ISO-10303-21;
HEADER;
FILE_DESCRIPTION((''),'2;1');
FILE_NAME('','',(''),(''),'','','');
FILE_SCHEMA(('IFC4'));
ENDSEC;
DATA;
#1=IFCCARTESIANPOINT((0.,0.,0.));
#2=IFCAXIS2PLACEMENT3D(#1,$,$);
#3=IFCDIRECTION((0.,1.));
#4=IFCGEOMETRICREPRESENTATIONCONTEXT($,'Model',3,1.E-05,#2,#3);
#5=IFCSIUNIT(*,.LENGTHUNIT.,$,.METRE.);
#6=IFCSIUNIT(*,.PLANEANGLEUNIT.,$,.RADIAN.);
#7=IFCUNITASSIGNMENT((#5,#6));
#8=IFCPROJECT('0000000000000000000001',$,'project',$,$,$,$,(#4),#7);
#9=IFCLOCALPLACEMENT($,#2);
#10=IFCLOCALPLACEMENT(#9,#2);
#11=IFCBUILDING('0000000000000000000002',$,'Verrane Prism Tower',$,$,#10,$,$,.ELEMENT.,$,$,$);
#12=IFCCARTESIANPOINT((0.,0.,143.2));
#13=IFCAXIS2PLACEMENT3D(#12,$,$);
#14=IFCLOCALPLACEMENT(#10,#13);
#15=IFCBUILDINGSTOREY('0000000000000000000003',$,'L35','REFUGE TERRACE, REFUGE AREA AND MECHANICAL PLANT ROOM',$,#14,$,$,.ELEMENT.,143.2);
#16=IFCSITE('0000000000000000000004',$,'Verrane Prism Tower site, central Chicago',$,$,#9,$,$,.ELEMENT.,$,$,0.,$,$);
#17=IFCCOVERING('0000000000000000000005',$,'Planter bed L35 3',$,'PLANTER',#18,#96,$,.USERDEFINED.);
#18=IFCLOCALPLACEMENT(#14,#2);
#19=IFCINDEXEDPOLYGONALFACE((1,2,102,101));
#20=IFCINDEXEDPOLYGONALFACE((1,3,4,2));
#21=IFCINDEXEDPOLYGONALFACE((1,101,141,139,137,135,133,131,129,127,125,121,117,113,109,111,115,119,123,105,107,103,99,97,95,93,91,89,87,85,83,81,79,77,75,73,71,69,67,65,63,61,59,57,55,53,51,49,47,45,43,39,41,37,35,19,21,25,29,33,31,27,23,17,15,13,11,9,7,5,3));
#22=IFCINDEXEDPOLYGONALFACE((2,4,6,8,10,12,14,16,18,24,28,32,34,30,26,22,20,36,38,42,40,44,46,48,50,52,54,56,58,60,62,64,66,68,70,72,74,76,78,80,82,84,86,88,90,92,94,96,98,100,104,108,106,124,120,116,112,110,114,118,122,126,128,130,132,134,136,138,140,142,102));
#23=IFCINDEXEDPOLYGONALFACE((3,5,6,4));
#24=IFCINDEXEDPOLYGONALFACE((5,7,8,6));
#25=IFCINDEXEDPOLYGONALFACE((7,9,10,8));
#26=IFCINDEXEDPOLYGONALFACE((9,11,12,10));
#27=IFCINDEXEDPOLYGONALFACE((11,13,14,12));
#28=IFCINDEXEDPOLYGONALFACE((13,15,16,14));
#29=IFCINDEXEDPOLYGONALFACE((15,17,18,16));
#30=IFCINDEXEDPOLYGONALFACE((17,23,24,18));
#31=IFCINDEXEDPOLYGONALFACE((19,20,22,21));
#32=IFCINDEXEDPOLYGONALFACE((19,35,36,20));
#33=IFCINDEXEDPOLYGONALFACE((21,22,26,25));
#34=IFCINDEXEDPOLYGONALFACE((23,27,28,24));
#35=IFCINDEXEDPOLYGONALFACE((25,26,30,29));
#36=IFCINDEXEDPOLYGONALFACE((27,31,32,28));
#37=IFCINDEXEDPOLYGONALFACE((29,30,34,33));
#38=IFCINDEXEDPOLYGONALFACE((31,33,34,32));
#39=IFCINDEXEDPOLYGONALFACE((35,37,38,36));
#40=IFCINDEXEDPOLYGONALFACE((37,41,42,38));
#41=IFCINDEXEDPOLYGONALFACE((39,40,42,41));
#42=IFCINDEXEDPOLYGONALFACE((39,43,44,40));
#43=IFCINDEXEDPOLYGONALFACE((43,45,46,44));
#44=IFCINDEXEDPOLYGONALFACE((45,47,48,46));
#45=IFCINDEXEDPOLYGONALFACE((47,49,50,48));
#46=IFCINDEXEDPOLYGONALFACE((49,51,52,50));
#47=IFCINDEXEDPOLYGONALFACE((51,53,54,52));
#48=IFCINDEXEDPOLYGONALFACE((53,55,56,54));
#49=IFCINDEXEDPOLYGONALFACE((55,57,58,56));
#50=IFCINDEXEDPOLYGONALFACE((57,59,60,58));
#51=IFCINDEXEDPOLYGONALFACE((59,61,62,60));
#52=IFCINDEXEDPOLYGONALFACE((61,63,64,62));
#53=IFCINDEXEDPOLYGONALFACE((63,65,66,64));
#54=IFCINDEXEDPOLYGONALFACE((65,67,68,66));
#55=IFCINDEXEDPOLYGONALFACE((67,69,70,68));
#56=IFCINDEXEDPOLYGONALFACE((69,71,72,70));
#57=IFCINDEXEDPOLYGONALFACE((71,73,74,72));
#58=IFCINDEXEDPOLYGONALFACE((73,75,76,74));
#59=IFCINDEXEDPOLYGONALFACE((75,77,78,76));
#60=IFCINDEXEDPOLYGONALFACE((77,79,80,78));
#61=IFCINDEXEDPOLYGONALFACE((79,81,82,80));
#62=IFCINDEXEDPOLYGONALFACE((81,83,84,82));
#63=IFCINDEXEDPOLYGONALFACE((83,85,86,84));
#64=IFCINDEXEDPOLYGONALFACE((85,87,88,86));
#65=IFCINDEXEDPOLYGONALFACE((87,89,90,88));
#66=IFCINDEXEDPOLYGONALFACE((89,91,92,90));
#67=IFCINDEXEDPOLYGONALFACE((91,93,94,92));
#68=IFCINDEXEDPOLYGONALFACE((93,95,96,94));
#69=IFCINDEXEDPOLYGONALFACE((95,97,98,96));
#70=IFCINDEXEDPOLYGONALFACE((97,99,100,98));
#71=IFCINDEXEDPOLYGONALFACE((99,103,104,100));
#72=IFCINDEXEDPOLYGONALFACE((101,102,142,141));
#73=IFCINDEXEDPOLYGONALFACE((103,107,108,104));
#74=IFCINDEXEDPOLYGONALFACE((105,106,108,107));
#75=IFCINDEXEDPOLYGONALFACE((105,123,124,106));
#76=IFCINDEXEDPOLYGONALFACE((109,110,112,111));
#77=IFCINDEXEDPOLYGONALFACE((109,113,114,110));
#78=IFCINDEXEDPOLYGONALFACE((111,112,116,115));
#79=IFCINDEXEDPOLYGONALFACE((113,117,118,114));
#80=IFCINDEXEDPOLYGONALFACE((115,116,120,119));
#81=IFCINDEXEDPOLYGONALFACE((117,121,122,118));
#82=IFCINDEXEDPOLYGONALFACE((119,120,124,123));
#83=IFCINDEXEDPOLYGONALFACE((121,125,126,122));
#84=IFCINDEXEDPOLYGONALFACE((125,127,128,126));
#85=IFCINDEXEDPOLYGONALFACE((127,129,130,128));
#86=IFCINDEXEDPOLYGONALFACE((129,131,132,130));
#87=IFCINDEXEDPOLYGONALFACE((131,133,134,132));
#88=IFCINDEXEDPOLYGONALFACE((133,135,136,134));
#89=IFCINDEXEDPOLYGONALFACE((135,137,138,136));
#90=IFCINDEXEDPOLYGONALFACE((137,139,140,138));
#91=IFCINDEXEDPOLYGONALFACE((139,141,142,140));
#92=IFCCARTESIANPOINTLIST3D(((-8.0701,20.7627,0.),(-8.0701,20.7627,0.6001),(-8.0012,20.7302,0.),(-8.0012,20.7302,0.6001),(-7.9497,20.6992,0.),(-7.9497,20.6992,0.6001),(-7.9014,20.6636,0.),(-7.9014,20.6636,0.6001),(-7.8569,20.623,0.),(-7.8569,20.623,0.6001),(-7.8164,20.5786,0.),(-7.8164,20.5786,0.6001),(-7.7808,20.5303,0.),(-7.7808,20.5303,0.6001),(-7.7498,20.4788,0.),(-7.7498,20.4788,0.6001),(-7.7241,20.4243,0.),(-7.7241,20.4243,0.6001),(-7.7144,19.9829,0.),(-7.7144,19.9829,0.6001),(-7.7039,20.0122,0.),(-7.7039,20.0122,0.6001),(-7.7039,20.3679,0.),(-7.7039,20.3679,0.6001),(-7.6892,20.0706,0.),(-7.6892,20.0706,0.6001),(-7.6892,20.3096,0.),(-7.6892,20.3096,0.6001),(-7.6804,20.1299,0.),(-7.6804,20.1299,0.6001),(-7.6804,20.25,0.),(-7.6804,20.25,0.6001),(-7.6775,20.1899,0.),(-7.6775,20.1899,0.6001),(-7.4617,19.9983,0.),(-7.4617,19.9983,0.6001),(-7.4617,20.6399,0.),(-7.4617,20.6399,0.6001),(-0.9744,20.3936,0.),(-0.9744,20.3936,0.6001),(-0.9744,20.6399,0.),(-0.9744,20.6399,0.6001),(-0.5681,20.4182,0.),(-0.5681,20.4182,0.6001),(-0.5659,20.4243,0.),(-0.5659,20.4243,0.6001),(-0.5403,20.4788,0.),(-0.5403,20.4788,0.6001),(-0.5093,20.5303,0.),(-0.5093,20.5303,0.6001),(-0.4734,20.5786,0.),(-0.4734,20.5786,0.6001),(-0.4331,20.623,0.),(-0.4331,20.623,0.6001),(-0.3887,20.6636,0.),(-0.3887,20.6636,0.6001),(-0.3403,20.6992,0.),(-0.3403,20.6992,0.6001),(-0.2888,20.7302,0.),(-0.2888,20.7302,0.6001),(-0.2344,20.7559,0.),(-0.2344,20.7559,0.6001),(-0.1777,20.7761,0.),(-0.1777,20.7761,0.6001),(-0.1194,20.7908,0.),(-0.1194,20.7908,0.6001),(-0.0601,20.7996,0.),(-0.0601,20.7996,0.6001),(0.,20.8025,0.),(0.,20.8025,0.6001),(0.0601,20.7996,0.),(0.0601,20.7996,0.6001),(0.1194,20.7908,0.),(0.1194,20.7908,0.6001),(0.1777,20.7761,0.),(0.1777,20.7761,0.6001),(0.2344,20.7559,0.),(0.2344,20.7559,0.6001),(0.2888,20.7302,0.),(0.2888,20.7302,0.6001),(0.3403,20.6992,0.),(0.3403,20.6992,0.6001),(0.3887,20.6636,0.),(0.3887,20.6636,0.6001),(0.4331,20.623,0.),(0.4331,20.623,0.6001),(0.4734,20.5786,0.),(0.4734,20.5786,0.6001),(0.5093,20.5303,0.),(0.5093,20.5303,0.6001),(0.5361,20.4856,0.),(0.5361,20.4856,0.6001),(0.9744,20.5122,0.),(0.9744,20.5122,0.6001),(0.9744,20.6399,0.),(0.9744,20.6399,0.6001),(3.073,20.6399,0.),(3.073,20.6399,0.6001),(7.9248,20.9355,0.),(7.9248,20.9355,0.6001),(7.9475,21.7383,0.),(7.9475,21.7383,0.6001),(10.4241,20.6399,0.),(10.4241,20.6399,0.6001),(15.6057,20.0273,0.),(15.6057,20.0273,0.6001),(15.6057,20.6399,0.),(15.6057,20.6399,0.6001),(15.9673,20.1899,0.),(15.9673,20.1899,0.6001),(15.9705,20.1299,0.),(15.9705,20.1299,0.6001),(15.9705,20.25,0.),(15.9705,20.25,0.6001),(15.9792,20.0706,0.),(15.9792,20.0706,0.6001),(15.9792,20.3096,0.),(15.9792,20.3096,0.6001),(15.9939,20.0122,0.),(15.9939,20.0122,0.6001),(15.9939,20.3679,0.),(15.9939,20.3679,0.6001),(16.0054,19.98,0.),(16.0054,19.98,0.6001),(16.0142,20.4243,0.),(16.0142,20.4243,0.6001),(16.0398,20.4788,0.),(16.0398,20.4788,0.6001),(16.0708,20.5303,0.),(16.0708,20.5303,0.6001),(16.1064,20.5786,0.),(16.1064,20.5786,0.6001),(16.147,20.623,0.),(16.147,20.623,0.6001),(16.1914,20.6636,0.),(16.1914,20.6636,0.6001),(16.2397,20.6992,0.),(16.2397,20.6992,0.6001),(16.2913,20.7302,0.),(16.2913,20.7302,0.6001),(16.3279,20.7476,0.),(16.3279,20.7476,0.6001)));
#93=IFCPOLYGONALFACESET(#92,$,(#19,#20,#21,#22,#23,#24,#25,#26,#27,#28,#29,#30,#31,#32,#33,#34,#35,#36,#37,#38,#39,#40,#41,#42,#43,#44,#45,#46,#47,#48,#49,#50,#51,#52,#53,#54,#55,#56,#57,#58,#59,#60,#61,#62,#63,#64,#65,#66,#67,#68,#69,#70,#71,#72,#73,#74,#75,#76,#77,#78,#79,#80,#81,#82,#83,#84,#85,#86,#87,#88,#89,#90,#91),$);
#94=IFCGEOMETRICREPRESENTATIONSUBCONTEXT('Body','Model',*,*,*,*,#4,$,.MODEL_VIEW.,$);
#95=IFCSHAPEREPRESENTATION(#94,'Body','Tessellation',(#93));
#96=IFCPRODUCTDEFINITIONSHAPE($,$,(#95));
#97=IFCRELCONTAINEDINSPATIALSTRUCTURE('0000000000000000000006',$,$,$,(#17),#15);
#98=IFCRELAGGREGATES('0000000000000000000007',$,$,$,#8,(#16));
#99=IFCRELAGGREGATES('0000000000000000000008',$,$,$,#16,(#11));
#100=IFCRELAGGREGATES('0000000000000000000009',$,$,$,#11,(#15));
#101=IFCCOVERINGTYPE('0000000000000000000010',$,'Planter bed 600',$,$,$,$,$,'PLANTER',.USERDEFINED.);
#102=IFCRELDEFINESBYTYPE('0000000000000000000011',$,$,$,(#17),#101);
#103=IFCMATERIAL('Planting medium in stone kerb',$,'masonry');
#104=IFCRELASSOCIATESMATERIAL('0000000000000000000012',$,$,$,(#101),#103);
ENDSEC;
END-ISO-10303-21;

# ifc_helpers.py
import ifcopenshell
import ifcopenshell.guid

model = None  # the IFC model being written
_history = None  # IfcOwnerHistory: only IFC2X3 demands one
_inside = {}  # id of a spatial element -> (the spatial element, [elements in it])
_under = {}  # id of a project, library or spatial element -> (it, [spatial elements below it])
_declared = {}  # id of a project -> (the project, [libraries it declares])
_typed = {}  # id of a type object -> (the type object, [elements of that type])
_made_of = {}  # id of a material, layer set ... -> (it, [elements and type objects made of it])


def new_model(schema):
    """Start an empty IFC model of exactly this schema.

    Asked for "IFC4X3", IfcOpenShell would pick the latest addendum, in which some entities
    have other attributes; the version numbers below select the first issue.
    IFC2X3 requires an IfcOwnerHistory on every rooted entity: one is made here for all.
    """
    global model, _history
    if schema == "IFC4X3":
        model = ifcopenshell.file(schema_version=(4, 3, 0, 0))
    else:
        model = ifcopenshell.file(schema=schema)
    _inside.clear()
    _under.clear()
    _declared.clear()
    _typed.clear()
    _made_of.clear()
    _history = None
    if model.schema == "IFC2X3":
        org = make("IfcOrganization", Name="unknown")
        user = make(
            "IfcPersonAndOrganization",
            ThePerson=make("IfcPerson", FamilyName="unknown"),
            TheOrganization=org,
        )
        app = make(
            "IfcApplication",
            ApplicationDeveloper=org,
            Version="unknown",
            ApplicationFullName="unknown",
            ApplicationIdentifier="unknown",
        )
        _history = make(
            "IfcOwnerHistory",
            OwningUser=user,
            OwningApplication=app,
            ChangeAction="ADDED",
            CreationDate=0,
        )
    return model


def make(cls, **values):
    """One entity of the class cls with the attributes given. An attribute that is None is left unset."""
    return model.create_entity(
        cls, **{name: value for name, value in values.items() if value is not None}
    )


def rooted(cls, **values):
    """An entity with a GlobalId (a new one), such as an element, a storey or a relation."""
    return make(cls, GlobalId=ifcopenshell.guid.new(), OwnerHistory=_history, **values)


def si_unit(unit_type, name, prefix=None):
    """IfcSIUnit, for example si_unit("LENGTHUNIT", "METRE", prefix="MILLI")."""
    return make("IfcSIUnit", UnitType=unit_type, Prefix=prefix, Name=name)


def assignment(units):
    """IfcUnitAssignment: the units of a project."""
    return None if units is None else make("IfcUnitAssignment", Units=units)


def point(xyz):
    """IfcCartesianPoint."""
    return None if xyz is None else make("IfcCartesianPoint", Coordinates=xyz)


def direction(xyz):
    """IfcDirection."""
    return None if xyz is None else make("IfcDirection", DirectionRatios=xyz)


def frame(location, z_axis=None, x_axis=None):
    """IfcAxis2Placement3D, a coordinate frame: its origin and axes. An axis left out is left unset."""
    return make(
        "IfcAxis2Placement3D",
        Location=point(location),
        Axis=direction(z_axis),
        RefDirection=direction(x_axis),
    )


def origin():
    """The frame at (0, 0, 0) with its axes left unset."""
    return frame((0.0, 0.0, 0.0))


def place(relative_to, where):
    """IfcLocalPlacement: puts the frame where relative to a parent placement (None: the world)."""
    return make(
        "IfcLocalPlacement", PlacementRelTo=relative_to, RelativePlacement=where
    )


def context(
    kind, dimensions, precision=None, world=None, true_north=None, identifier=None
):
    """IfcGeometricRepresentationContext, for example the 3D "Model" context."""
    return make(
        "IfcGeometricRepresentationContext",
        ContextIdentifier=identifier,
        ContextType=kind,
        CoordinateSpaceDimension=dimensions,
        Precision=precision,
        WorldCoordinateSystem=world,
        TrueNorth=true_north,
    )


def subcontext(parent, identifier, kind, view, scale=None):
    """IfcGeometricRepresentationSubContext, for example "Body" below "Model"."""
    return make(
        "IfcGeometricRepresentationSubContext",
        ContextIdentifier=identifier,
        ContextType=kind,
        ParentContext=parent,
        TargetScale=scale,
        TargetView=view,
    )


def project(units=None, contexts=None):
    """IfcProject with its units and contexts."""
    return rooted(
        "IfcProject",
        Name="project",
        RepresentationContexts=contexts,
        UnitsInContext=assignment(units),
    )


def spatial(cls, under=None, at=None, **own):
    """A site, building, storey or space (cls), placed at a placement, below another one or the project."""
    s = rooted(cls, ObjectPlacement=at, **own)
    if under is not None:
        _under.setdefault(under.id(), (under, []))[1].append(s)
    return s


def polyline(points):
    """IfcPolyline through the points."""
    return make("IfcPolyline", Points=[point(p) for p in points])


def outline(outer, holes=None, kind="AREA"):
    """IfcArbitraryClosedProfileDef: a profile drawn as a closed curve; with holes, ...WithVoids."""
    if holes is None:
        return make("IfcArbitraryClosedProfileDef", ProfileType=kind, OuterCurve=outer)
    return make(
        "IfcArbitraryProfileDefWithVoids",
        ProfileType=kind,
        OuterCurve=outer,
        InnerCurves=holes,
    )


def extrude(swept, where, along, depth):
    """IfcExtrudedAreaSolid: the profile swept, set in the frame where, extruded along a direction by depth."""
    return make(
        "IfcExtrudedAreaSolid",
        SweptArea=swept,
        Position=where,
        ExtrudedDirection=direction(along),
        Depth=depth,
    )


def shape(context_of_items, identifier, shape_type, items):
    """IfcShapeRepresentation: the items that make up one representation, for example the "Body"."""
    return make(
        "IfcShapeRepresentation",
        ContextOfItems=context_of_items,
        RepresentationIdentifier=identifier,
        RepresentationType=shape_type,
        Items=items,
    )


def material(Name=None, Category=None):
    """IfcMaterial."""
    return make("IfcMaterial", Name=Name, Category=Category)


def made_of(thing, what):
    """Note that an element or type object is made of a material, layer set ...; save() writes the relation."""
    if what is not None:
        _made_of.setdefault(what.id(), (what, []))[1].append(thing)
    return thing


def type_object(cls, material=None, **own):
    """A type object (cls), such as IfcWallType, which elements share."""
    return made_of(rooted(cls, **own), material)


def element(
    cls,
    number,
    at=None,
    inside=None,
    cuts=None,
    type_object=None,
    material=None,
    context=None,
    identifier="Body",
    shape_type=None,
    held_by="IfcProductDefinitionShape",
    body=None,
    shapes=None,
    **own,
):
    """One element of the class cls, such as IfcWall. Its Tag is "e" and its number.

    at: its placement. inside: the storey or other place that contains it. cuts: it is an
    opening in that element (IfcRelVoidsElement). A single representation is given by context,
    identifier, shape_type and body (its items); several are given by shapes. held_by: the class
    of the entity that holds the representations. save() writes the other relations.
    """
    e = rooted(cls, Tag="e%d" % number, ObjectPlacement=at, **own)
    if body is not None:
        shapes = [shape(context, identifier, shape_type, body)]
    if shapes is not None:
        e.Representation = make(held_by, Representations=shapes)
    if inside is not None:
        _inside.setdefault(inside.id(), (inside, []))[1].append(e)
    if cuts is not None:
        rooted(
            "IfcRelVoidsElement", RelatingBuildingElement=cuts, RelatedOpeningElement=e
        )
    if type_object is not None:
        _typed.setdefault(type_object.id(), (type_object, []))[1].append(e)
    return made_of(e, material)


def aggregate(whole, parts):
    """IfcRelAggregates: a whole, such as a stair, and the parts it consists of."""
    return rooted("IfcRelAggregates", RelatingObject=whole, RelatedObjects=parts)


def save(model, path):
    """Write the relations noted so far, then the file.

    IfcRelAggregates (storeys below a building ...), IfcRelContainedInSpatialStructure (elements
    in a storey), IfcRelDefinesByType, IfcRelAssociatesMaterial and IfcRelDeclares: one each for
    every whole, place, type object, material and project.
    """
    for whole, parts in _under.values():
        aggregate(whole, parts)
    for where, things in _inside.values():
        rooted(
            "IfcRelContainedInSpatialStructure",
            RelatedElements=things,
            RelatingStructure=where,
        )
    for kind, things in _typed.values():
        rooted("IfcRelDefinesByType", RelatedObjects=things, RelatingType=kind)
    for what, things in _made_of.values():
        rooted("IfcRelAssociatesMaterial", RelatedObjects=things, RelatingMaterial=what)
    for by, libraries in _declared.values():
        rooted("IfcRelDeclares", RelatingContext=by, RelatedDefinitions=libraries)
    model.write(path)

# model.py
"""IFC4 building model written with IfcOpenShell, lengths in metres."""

from ifc_helpers import new_model, si_unit, direction, frame, origin, place, context, subcontext, project, spatial, polyline, outline, extrude, material, type_object, element, save


model = new_model("IFC4")

# Units and contexts
model_context = context("Model", 3, precision=1e-05, world=origin(), true_north=direction((0.0, 1.0)))
body_context = subcontext(model_context, "Body", "Model", "MODEL_VIEW")
ifc_project = project(units=[si_unit("LENGTHUNIT", "METRE"), si_unit("PLANEANGLEUNIT", "RADIAN")], contexts=[model_context])

# Site, building, storey
site_placement = place(None, origin())
site = spatial("IfcSite", under=ifc_project, at=site_placement, Name="Verrane Prism Tower site, central Chicago", CompositionType="ELEMENT", RefElevation=0.0)
building_placement = place(site_placement, origin())
building = spatial("IfcBuilding", under=site, at=building_placement, Name="Verrane Prism Tower", CompositionType="ELEMENT")
storey_placement = place(building_placement, frame((0.0, 0.0, 143.2)))
storey = spatial("IfcBuildingStorey", under=building, at=storey_placement, Name="L35", Description="REFUGE TERRACE, REFUGE AREA AND MECHANICAL PLANT ROOM", CompositionType="ELEMENT", Elevation=143.2)

# Covering
ifc_material_1 = material(Name="Planting medium in stone kerb", Category="masonry")
covering_type_1 = type_object("IfcCoveringType", Name="Planter bed 600", ElementType="PLANTER", PredefinedType="USERDEFINED", material=ifc_material_1)
covering_1_placement = place(storey_placement, origin())
element("IfcCovering", 1, at=covering_1_placement, inside=storey, type_object=covering_type_1, Name="Planter bed L35 3", ObjectType="PLANTER", PredefinedType="USERDEFINED", context=body_context, shape_type="SweptSolid", body=[
    extrude(outline(polyline([(-8.0012, 20.7302), (-7.9497, 20.6992), (-7.9014, 20.6636), (-7.8569, 20.623), (-7.8164, 20.5786), (-7.7808, 20.5303), (-7.7498, 20.4788), (-7.7241, 20.4243), (-7.7039, 20.3679), (-7.6892, 20.3096), (-7.6804, 20.25), (-7.6775, 20.1899), (-7.6804, 20.1299), (-7.6892, 20.0706), (-7.7039, 20.0122), (-7.7144, 19.9829), (-7.4617, 19.9983), (-7.4617, 20.6399), (-0.9744, 20.6399), (-0.9744, 20.3936), (-0.5681, 20.4182), (-0.5659, 20.4243), (-0.5403, 20.4788), (-0.5093, 20.5303), (-0.4734, 20.5786), (-0.4331, 20.623), (-0.3887, 20.6636), (-0.3403, 20.6992), (-0.2888, 20.7302), (-0.2344, 20.7559), (-0.1777, 20.7761), (-0.1194, 20.7908), (-0.0601, 20.7996), (0.0, 20.8025), (0.0601, 20.7996), (0.1194, 20.7908), (0.1777, 20.7761), (0.2344, 20.7559), (0.2888, 20.7302), (0.3403, 20.6992), (0.3887, 20.6636), (0.4331, 20.623), (0.4734, 20.5786), (0.5093, 20.5303), (0.5361, 20.4856), (0.9744, 20.5122), (0.9744, 20.6399), (3.073, 20.6399), (7.9248, 20.9355), (10.4241, 20.6399), (15.6057, 20.6399), (15.6057, 20.0273), (16.0054, 19.98), (15.9939, 20.0122), (15.9792, 20.0706), (15.9705, 20.1299), (15.9673, 20.1899), (15.9705, 20.25), (15.9792, 20.3096), (15.9939, 20.3679), (16.0142, 20.4243), (16.0398, 20.4788), (16.0708, 20.5303), (16.1064, 20.5786), (16.147, 20.623), (16.1914, 20.6636), (16.2397, 20.6992), (16.2913, 20.7302), (16.3279, 20.7476), (7.9475, 21.7383), (-8.0701, 20.7627), (-8.0012, 20.7302)])), origin(), (0.0, 0.0, 1.0), 0.6001),
])

save(model, "model.ifc")
